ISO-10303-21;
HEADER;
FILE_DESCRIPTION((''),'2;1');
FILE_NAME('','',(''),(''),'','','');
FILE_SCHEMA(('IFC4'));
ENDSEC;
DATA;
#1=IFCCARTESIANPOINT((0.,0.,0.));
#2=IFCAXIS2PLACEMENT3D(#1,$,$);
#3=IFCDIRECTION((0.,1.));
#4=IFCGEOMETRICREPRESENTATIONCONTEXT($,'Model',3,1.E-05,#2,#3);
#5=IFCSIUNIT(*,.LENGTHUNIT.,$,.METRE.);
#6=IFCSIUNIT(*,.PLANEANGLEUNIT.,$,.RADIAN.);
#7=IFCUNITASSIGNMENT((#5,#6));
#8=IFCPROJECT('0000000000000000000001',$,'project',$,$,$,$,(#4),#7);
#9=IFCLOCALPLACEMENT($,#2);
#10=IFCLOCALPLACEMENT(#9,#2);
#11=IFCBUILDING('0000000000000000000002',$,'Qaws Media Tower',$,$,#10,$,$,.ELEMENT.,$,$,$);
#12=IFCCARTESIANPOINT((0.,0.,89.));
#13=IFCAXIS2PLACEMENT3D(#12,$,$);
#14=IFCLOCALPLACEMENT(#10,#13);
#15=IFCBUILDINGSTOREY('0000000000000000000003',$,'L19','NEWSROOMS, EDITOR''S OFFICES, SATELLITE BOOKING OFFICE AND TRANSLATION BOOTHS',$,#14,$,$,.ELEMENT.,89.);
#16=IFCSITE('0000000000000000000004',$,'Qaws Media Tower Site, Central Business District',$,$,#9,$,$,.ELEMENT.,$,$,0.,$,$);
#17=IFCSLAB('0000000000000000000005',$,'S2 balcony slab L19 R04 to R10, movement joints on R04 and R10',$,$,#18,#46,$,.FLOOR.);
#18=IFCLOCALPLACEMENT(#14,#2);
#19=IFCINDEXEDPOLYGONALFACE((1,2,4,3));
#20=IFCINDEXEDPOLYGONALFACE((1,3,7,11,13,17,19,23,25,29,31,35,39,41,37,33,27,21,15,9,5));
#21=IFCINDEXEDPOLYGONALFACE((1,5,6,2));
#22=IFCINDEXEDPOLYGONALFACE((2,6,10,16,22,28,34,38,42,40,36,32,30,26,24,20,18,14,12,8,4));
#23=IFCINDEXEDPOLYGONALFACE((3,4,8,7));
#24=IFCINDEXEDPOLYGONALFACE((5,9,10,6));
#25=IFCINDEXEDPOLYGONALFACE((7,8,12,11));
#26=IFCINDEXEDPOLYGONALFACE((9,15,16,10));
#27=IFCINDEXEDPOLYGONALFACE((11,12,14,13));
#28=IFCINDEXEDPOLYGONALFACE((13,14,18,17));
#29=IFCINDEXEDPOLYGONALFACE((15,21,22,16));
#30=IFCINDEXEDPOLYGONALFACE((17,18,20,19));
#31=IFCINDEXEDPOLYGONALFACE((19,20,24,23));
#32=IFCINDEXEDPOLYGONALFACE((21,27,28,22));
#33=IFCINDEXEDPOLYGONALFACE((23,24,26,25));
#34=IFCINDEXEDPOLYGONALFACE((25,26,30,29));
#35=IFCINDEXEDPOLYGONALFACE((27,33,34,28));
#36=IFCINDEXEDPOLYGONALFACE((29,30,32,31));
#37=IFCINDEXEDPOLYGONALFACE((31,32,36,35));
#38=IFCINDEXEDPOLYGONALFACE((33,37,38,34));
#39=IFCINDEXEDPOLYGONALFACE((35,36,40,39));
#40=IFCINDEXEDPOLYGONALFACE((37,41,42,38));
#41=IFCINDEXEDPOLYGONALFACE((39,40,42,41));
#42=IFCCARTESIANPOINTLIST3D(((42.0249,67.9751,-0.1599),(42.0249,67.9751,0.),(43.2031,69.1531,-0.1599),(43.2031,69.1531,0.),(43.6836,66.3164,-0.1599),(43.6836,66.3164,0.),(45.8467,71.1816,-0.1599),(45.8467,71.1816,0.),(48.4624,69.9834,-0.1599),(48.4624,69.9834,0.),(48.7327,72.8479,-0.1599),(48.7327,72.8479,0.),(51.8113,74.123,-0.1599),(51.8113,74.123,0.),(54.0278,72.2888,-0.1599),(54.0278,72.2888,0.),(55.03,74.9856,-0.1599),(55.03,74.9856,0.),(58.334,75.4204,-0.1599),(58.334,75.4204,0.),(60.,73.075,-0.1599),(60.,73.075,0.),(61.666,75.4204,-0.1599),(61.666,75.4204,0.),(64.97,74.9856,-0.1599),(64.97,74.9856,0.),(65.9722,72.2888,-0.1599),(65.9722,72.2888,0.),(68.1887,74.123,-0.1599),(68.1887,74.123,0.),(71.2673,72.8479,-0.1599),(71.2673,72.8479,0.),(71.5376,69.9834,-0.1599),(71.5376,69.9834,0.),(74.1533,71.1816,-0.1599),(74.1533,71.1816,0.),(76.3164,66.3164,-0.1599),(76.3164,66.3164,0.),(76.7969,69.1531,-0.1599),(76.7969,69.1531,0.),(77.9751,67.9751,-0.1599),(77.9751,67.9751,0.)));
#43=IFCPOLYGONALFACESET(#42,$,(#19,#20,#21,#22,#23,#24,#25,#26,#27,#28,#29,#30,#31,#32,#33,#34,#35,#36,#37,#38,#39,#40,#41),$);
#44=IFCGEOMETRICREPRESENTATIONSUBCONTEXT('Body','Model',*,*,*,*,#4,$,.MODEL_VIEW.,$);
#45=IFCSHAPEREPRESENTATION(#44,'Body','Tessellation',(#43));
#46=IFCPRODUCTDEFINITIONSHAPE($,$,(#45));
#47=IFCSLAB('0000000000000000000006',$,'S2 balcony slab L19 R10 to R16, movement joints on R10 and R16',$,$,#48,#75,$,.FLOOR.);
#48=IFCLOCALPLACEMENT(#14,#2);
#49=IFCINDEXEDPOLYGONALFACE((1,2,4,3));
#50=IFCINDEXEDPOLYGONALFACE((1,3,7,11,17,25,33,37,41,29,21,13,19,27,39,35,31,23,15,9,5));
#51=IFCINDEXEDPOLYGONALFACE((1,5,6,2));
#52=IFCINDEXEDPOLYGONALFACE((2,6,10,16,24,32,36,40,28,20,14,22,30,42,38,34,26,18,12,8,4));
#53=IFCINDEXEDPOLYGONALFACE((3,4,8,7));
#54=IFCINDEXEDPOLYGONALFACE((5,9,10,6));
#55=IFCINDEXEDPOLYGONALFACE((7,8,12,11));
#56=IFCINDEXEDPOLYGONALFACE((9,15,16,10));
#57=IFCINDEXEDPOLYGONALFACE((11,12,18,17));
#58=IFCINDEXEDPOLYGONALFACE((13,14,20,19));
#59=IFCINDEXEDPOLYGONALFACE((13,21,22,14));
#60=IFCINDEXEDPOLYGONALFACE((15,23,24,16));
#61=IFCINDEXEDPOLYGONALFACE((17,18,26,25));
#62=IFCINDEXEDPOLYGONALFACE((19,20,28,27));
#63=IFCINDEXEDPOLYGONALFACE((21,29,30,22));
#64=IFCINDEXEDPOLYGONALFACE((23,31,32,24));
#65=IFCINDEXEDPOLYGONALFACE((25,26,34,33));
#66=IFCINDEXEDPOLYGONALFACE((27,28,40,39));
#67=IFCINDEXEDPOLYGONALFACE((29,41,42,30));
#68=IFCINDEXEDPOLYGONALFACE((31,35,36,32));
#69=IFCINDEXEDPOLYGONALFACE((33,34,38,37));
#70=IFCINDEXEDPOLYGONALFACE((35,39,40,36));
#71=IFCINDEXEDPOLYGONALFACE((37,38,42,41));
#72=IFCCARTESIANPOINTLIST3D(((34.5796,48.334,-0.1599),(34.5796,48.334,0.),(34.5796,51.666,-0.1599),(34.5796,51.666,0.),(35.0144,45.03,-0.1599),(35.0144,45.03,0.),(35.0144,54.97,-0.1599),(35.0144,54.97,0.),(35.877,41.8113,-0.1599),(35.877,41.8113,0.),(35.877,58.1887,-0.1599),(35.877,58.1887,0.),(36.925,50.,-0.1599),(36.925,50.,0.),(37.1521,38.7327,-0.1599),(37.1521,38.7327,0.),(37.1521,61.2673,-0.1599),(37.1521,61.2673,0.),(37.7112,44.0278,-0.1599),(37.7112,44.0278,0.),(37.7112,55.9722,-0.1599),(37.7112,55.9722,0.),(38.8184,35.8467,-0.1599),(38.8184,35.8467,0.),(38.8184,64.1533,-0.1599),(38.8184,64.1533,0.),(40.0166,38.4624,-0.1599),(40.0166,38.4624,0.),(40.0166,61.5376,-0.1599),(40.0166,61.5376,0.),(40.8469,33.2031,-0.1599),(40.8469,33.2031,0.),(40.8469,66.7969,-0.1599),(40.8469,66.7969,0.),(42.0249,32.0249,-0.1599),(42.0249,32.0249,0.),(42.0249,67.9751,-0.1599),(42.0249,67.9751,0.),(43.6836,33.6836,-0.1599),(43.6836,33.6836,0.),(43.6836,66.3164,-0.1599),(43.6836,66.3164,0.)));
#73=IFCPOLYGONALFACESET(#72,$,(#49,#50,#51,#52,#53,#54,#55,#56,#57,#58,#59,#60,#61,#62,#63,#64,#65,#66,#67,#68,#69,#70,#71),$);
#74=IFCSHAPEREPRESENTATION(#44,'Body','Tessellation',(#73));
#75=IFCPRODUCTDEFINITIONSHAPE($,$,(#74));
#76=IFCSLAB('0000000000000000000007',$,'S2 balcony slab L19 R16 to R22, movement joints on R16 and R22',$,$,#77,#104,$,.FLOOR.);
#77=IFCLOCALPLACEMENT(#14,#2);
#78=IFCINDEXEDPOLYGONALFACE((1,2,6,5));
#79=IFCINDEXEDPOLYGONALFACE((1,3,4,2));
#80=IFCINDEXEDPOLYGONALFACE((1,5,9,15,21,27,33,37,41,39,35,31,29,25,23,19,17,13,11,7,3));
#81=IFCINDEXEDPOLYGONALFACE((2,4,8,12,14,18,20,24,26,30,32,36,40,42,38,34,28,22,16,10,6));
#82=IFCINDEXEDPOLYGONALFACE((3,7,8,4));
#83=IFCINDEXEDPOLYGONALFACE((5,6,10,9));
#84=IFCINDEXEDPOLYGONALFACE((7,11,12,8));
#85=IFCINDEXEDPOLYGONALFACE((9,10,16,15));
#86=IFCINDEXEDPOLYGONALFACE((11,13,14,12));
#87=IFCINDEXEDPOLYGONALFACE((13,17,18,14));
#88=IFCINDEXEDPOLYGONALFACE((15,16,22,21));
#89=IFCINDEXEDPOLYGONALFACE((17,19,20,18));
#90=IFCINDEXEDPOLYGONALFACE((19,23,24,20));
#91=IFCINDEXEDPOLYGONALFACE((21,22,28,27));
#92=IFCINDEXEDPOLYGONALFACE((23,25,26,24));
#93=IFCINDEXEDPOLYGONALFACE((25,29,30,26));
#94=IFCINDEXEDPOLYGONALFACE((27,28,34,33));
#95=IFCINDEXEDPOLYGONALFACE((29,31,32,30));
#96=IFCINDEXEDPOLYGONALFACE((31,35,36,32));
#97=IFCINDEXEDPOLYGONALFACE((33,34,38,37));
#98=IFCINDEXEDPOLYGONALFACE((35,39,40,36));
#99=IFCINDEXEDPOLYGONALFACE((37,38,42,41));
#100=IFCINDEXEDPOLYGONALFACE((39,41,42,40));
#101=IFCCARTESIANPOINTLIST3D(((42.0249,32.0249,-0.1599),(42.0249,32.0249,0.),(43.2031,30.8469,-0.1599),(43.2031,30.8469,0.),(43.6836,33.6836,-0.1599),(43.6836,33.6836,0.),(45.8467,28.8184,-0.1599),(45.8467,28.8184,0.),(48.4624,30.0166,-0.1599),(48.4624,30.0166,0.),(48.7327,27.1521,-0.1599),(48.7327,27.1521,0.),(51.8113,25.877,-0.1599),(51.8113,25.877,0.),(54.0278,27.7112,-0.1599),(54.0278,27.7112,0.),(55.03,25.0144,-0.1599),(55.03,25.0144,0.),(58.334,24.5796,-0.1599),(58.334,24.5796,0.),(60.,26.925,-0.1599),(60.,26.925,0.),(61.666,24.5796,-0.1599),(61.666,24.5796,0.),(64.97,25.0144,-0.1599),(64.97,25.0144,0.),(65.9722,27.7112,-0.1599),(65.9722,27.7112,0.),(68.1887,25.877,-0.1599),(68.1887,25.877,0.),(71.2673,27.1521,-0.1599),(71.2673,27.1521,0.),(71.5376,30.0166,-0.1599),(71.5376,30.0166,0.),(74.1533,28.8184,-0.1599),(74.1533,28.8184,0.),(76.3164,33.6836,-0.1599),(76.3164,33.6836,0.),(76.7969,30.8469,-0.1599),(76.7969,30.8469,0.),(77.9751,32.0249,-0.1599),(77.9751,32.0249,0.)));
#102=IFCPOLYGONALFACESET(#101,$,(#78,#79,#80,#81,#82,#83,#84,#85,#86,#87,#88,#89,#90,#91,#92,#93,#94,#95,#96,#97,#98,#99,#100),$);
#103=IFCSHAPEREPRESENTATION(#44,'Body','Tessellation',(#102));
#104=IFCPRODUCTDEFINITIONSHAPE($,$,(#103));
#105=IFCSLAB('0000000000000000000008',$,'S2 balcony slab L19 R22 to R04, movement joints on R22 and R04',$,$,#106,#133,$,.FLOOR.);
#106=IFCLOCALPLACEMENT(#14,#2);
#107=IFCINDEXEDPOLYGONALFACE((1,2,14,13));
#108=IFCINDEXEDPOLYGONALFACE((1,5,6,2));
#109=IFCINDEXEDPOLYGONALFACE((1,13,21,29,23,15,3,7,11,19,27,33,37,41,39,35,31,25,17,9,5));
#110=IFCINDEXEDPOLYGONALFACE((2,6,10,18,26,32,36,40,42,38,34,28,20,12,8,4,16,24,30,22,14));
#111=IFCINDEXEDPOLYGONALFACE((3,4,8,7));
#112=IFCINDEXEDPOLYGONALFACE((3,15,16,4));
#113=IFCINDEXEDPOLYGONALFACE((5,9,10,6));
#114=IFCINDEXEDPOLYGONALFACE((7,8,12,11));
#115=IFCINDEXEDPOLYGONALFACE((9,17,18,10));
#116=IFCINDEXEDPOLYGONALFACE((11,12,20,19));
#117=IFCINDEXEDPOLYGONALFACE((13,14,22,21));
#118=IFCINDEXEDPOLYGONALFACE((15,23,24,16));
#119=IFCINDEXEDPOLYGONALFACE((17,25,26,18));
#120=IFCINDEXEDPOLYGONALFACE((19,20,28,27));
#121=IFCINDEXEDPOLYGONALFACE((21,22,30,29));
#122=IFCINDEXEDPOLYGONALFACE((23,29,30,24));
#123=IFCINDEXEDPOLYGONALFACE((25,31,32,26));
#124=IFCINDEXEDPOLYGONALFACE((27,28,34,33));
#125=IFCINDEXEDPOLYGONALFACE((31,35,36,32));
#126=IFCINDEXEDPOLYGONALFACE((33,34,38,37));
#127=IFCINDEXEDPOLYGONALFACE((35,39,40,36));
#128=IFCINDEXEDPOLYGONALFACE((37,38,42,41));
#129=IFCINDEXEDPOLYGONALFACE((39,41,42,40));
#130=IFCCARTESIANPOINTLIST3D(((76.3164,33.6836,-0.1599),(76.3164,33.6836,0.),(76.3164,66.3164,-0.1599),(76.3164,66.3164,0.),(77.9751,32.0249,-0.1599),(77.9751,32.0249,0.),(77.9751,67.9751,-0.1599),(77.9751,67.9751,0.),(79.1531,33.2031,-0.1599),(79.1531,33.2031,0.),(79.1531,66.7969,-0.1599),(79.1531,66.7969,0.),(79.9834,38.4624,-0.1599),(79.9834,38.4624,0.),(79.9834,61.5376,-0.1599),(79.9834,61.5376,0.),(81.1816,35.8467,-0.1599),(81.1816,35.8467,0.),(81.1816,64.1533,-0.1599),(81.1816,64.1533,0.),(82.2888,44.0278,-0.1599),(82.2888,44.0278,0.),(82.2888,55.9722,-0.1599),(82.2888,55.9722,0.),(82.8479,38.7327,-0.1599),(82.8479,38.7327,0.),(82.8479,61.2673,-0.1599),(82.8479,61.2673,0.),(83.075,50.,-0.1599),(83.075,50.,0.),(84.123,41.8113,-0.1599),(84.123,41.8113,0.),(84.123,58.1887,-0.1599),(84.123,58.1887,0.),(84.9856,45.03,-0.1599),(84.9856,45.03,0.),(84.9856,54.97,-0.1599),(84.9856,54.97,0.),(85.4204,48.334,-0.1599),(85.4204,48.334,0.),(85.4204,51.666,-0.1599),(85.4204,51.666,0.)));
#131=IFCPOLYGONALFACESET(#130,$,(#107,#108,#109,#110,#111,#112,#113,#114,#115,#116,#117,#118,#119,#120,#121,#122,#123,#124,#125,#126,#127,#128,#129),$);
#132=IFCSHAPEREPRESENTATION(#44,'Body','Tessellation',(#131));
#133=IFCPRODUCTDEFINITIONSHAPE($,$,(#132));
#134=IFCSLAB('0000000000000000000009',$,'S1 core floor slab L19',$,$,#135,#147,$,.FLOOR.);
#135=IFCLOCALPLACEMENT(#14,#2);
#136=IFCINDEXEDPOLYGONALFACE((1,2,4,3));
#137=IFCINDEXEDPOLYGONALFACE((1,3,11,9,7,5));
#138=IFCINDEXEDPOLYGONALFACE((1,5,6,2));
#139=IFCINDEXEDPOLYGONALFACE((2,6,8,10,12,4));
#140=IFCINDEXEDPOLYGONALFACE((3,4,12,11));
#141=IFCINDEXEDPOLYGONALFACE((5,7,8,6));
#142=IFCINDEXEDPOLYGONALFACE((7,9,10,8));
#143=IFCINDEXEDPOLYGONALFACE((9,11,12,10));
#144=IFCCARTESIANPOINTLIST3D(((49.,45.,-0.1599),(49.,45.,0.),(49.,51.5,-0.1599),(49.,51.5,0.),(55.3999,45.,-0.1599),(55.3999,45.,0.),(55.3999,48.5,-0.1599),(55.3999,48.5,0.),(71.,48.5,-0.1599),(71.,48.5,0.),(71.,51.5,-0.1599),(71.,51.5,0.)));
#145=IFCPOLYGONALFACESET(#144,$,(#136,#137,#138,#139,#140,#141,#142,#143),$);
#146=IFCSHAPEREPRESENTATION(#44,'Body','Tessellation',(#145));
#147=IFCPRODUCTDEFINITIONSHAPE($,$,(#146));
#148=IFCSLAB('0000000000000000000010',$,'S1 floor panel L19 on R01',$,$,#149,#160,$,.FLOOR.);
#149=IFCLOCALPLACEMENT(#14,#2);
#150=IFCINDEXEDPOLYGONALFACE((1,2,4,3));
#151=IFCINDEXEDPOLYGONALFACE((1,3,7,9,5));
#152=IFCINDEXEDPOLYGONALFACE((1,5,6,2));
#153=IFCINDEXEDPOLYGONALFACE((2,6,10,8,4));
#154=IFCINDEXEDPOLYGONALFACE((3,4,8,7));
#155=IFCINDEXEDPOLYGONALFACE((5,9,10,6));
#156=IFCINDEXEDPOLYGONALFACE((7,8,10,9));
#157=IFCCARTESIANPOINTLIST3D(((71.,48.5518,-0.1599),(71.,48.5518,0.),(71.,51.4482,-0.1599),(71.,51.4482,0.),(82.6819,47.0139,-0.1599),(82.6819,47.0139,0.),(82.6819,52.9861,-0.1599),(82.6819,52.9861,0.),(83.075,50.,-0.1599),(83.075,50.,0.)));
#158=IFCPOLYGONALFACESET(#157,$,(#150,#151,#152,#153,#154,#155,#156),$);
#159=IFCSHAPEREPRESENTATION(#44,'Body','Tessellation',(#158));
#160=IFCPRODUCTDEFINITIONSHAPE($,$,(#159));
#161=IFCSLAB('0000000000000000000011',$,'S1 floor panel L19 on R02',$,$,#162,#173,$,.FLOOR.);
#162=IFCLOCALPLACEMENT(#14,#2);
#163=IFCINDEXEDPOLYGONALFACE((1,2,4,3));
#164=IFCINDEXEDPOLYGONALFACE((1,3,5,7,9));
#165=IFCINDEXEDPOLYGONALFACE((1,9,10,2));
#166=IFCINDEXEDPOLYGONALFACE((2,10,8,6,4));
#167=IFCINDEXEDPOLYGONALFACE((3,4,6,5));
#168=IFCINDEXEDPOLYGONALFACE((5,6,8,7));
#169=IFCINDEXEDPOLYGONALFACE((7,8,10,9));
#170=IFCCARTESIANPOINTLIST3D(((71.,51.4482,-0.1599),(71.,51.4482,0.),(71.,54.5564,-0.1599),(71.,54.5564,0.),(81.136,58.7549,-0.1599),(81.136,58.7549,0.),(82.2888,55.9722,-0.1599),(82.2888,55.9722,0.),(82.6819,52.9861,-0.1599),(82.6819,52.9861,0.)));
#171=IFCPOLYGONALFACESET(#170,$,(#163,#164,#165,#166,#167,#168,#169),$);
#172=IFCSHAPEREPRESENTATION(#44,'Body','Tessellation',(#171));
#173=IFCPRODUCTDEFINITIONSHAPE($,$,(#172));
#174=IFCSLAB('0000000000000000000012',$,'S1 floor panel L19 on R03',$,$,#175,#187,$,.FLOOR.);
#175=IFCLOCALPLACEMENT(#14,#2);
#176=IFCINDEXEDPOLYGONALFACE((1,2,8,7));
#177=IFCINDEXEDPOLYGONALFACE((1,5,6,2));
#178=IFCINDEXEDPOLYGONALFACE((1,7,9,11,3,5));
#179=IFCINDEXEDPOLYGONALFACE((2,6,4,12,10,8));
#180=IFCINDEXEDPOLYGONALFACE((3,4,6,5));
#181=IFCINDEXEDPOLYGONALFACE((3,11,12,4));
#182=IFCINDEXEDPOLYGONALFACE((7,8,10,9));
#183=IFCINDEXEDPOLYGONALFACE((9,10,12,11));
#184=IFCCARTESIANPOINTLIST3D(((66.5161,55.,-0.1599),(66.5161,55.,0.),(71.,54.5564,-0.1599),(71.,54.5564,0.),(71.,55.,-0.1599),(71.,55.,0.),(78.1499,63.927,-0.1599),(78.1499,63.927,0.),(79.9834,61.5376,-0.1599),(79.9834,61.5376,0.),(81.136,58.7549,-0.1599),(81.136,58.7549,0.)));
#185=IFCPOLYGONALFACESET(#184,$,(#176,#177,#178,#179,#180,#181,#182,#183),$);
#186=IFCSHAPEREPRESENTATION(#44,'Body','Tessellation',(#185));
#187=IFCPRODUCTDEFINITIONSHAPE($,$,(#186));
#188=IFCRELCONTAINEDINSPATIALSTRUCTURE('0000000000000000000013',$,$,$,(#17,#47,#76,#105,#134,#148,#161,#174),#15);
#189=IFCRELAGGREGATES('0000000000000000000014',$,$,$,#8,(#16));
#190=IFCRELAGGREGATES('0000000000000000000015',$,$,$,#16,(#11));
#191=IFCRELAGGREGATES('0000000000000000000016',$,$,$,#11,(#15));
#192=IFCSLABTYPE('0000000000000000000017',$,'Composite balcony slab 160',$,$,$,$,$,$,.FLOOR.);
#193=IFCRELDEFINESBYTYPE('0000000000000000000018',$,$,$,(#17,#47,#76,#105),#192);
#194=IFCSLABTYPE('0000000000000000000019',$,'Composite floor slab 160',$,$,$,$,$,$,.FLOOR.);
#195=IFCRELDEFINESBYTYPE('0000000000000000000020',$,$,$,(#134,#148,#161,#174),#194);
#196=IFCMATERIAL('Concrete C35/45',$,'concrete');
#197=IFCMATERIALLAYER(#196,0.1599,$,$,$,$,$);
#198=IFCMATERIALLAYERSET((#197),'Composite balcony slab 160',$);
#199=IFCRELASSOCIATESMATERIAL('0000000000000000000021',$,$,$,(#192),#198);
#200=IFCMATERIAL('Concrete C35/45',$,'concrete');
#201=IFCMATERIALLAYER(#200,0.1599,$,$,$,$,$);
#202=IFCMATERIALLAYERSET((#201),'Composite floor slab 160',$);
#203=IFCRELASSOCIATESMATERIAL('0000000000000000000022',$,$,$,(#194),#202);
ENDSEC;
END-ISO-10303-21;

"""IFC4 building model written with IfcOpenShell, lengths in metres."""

from ifc_helpers import new_model, si_unit, direction, frame, origin, place, context, subcontext, project, spatial, polyline, outline, extrude, material, layer, layer_set, type_object, element, save


model = new_model("IFC4")

# Units and contexts
model_context = context("Model", 3, precision=1e-05, world=origin(), true_north=direction((0.0, 1.0)))
body_context = subcontext(model_context, "Body", "Model", "MODEL_VIEW")
ifc_project = project(units=[si_unit("LENGTHUNIT", "METRE"), si_unit("PLANEANGLEUNIT", "RADIAN")], contexts=[model_context])

# Site, building, storey
site_placement = place(None, origin())
site = spatial("IfcSite", under=ifc_project, at=site_placement, Name="Qaws Media Tower Site, Central Business District", CompositionType="ELEMENT", RefElevation=0.0)
building_placement = place(site_placement, origin())
building = spatial("IfcBuilding", under=site, at=building_placement, Name="Qaws Media Tower", CompositionType="ELEMENT")
storey_placement = place(building_placement, frame((0.0, 0.0, 89.0)))
storey = spatial("IfcBuildingStorey", under=building, at=storey_placement, Name="L19", Description="NEWSROOMS, EDITOR'S OFFICES, SATELLITE BOOKING OFFICE AND TRANSLATION BOOTHS", CompositionType="ELEMENT", Elevation=89.0)

# Slabs
ifc_material_1 = material(Name="Concrete C35/45", Category="concrete")
ifc_layer_1 = layer(ifc_material_1, 0.1599)
ifc_layer_set_1 = layer_set([ifc_layer_1], Name="Composite balcony slab 160")
slab_type_1 = type_object("IfcSlabType", Name="Composite balcony slab 160", PredefinedType="FLOOR", material=ifc_layer_set_1)
slab_1_placement = place(storey_placement, frame((0.0, 0.0, -0.1599)))
element("IfcSlab", 1, at=slab_1_placement, inside=storey, type_object=slab_type_1, Name="S2 balcony slab L19 R04 to R10, movement joints on R04 and R10", PredefinedType="FLOOR", context=body_context, shape_type="SweptSolid", body=[
    extrude(outline(polyline([(43.2031, 69.1531), (45.8467, 71.1816), (48.7327, 72.8479), (51.8113, 74.123), (55.03, 74.9856), (58.334, 75.4204), (61.666, 75.4204), (64.97, 74.9856), (68.1887, 74.123), (71.2673, 72.8479), (74.1533, 71.1816), (76.7969, 69.1531), (77.9751, 67.9751), (76.3164, 66.3164), (71.5376, 69.9834), (65.9722, 72.2888), (60.0, 73.075), (54.0278, 72.2888), (48.4624, 69.9834), (43.6836, 66.3164), (42.0249, 67.9751), (43.2031, 69.1531)])), origin(), (0.0, 0.0, 1.0), 0.1599),
])
slab_2_placement = place(storey_placement, frame((0.0, 0.0, -0.1599)))
element("IfcSlab", 2, at=slab_2_placement, inside=storey, type_object=slab_type_1, Name="S2 balcony slab L19 R10 to R16, movement joints on R10 and R16", PredefinedType="FLOOR", context=body_context, shape_type="SweptSolid", body=[
    extrude(outline(polyline([(40.8469, 33.2031), (38.8184, 35.8467), (37.1521, 38.7327), (35.877, 41.8113), (35.0144, 45.03), (34.5796, 48.334), (34.5796, 51.666), (35.0144, 54.97), (35.877, 58.1887), (37.1521, 61.2673), (38.8184, 64.1533), (40.8469, 66.7969), (42.0249, 67.9751), (43.6836, 66.3164), (40.0166, 61.5376), (37.7112, 55.9722), (36.925, 50.0), (37.7112, 44.0278), (40.0166, 38.4624), (43.6836, 33.6836), (42.0249, 32.0249), (40.8469, 33.2031)])), origin(), (0.0, 0.0, 1.0), 0.1599),
])
slab_3_placement = place(storey_placement, frame((0.0, 0.0, -0.1599)))
element("IfcSlab", 3, at=slab_3_placement, inside=storey, type_object=slab_type_1, Name="S2 balcony slab L19 R16 to R22, movement joints on R16 and R22", PredefinedType="FLOOR", context=body_context, shape_type="SweptSolid", body=[
    extrude(outline(polyline([(76.7969, 30.8469), (74.1533, 28.8184), (71.2673, 27.1521), (68.1887, 25.877), (64.97, 25.0144), (61.666, 24.5796), (58.334, 24.5796), (55.03, 25.0144), (51.8113, 25.877), (48.7327, 27.1521), (45.8467, 28.8184), (43.2031, 30.8469), (42.0249, 32.0249), (43.6836, 33.6836), (48.4624, 30.0166), (54.0278, 27.7112), (60.0, 26.925), (65.9722, 27.7112), (71.5376, 30.0166), (76.3164, 33.6836), (77.9751, 32.0249), (76.7969, 30.8469)])), origin(), (0.0, 0.0, 1.0), 0.1599),
])
slab_4_placement = place(storey_placement, frame((0.0, 0.0, -0.1599)))
element("IfcSlab", 4, at=slab_4_placement, inside=storey, type_object=slab_type_1, Name="S2 balcony slab L19 R22 to R04, movement joints on R22 and R04", PredefinedType="FLOOR", context=body_context, shape_type="SweptSolid", body=[
    extrude(outline(polyline([(84.9856, 45.03), (84.123, 41.8113), (82.8479, 38.7327), (81.1816, 35.8467), (79.1531, 33.2031), (77.9751, 32.0249), (76.3164, 33.6836), (79.9834, 38.4624), (82.2888, 44.0278), (83.075, 50.0), (82.2888, 55.9722), (79.9834, 61.5376), (76.3164, 66.3164), (77.9751, 67.9751), (79.1531, 66.7969), (81.1816, 64.1533), (82.8479, 61.2673), (84.123, 58.1887), (84.9856, 54.97), (85.4204, 51.666), (85.4204, 48.334), (84.9856, 45.03)])), origin(), (0.0, 0.0, 1.0), 0.1599),
])
ifc_material_2 = material(Name="Concrete C35/45", Category="concrete")
ifc_layer_2 = layer(ifc_material_2, 0.1599)
ifc_layer_set_2 = layer_set([ifc_layer_2], Name="Composite floor slab 160")
slab_type_2 = type_object("IfcSlabType", Name="Composite floor slab 160", PredefinedType="FLOOR", material=ifc_layer_set_2)
slab_5_placement = place(storey_placement, frame((0.0, 0.0, -0.1599)))
element("IfcSlab", 5, at=slab_5_placement, inside=storey, type_object=slab_type_2, Name="S1 core floor slab L19", PredefinedType="FLOOR", context=body_context, shape_type="SweptSolid", body=[
    extrude(outline(polyline([(71.0, 51.5), (71.0, 48.5), (55.3999, 48.5), (55.3999, 45.0), (49.0, 45.0), (49.0, 51.5), (71.0, 51.5)])), origin(), (0.0, 0.0, 1.0), 0.1599),
])
slab_6_placement = place(storey_placement, frame((0.0, 0.0, -0.1599)))
element("IfcSlab", 6, at=slab_6_placement, inside=storey, type_object=slab_type_2, Name="S1 floor panel L19 on R01", PredefinedType="FLOOR", context=body_context, shape_type="SweptSolid", body=[
    extrude(outline(polyline([(83.075, 50.0), (82.6819, 47.0139), (71.0, 48.5518), (71.0, 51.4482), (82.6819, 52.9861), (83.075, 50.0)])), origin(), (0.0, 0.0, 1.0), 0.1599),
])
slab_7_placement = place(storey_placement, frame((0.0, 0.0, -0.1599)))
element("IfcSlab", 7, at=slab_7_placement, inside=storey, type_object=slab_type_2, Name="S1 floor panel L19 on R02", PredefinedType="FLOOR", context=body_context, shape_type="SweptSolid", body=[
    extrude(outline(polyline([(82.2888, 55.9722), (82.6819, 52.9861), (71.0, 51.4482), (71.0, 54.5564), (81.136, 58.7549), (82.2888, 55.9722)])), origin(), (0.0, 0.0, 1.0), 0.1599),
])
slab_8_placement = place(storey_placement, frame((0.0, 0.0, -0.1599)))
element("IfcSlab", 8, at=slab_8_placement, inside=storey, type_object=slab_type_2, Name="S1 floor panel L19 on R03", PredefinedType="FLOOR", context=body_context, shape_type="SweptSolid", body=[
    extrude(outline(polyline([(79.9834, 61.5376), (81.136, 58.7549), (71.0, 54.5564), (71.0, 55.0), (66.5161, 55.0), (78.1499, 63.927), (79.9834, 61.5376)])), origin(), (0.0, 0.0, 1.0), 0.1599),
])

save(model, "model.ifc")
